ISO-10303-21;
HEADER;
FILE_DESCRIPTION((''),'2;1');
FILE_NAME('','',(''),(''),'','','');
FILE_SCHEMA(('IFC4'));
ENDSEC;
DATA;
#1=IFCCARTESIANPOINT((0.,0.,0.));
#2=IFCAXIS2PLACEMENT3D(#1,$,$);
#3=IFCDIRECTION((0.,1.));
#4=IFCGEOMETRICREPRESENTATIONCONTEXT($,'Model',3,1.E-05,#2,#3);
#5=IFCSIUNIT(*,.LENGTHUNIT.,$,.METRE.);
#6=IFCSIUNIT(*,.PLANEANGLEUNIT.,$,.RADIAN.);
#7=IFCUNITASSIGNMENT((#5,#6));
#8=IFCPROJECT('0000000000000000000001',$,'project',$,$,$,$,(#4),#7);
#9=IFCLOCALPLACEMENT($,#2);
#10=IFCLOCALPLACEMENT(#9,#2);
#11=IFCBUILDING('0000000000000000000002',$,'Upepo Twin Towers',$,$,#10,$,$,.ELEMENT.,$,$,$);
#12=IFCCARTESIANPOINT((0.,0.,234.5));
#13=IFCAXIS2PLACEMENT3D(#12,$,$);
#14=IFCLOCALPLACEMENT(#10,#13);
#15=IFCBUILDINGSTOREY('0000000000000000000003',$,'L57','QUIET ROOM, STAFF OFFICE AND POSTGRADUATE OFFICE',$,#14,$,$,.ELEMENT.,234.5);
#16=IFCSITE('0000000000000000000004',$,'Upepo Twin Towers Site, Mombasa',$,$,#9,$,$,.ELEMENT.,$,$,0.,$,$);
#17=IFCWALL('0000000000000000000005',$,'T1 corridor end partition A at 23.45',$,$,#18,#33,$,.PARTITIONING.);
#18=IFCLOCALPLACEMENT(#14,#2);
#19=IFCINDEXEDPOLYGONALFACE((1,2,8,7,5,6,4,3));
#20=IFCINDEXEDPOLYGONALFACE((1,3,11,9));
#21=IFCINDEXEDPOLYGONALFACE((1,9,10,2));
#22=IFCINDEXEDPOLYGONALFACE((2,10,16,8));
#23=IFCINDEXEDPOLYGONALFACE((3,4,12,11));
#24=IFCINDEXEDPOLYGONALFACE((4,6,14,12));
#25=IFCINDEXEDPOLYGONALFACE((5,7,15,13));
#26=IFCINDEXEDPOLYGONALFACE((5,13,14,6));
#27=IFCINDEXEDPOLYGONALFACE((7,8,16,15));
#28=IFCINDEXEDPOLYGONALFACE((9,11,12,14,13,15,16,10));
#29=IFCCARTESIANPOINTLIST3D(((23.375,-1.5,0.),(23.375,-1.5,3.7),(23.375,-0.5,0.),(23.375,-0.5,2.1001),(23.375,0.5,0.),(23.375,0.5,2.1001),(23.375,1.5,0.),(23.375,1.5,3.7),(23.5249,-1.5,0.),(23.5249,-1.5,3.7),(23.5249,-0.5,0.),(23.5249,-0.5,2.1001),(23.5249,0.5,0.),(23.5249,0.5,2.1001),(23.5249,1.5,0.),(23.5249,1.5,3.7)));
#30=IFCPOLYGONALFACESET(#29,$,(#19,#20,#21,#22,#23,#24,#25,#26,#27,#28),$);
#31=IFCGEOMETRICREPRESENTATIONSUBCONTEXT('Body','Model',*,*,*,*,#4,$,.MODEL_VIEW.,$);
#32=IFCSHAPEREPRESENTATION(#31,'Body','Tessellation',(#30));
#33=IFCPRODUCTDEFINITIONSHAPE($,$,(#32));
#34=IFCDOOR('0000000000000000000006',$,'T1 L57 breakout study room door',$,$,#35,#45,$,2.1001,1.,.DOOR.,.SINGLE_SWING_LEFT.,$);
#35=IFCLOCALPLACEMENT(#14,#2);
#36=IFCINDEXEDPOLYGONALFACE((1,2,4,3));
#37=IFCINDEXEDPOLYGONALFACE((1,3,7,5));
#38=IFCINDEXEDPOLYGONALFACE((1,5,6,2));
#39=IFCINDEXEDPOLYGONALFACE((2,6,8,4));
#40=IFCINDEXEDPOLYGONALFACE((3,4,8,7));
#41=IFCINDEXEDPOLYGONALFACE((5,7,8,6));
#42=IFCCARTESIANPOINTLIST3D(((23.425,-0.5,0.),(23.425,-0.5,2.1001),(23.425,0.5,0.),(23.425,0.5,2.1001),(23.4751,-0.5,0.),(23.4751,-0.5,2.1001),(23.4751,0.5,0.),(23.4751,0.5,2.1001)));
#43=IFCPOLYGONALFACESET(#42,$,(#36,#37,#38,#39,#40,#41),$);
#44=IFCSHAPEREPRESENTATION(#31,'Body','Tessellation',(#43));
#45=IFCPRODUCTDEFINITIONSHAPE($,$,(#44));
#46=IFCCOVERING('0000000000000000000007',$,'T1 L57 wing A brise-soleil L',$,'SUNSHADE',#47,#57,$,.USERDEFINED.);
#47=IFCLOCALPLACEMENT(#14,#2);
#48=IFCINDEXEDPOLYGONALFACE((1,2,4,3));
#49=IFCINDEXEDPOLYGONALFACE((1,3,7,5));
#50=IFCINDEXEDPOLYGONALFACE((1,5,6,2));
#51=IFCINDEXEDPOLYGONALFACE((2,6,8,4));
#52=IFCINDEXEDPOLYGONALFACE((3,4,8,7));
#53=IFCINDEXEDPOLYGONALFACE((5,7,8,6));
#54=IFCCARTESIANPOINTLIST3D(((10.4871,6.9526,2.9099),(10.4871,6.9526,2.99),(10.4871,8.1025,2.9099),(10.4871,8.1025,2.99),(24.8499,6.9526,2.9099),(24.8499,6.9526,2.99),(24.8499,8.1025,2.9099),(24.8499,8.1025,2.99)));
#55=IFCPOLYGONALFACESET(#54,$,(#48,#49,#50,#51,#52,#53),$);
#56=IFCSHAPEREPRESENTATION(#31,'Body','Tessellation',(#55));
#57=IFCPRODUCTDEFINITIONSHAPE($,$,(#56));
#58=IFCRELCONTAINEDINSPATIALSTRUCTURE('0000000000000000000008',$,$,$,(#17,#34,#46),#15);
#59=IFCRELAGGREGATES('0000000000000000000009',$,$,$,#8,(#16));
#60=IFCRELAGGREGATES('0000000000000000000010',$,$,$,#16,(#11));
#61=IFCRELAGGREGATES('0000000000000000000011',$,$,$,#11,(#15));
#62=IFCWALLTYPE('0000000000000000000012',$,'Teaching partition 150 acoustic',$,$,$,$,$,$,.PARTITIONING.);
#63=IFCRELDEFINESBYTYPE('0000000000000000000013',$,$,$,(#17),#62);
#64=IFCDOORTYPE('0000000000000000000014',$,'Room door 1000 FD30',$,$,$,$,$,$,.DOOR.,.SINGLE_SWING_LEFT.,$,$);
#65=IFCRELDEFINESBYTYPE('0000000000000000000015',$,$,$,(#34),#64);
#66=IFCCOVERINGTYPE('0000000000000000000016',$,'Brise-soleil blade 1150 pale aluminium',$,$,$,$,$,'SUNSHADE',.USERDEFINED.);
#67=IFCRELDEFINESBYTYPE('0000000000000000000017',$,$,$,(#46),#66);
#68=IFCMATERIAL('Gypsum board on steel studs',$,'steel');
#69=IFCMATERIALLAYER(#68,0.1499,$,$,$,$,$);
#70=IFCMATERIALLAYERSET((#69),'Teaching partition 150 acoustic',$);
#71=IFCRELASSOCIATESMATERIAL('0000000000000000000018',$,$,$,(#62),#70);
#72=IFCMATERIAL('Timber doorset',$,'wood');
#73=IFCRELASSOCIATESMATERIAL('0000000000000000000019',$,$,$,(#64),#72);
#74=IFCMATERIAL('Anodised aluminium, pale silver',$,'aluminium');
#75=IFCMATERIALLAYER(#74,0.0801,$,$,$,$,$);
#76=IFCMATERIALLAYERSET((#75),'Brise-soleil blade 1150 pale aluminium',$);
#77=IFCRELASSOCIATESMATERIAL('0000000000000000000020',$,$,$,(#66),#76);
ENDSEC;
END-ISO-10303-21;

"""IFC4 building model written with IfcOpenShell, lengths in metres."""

from ifc_helpers import new_model, si_unit, direction, frame, frame_2d, origin, origin_2d, place, context, subcontext, project, spatial, rectangle, extrude, material, layer, layer_set, type_object, element, fill, save


model = new_model("IFC4")

# Units and contexts
model_context = context("Model", 3, precision=1e-05, world=origin(), true_north=direction((0.0, 1.0)))
body_context = subcontext(model_context, "Body", "Model", "MODEL_VIEW")
ifc_project = project(units=[si_unit("LENGTHUNIT", "METRE"), si_unit("PLANEANGLEUNIT", "RADIAN")], contexts=[model_context])

# Site, building, storey
site_placement = place(None, origin())
site = spatial("IfcSite", under=ifc_project, at=site_placement, Name="Upepo Twin Towers Site, Mombasa", CompositionType="ELEMENT", RefElevation=0.0)
building_placement = place(site_placement, origin())
building = spatial("IfcBuilding", under=site, at=building_placement, Name="Upepo Twin Towers", CompositionType="ELEMENT")
storey_placement = place(building_placement, frame((0.0, 0.0, 234.5)))
storey = spatial("IfcBuildingStorey", under=building, at=storey_placement, Name="L57", Description="QUIET ROOM, STAFF OFFICE AND POSTGRADUATE OFFICE", CompositionType="ELEMENT", Elevation=234.5)

# Wall, opening, door
ifc_material_1 = material(Name="Gypsum board on steel studs", Category="steel")
ifc_layer_1 = layer(ifc_material_1, 0.1499)
ifc_layer_set_1 = layer_set([ifc_layer_1], Name="Teaching partition 150 acoustic")
wall_type_1 = type_object("IfcWallType", Name="Teaching partition 150 acoustic", PredefinedType="PARTITIONING", material=ifc_layer_set_1)
wall_1_placement = place(storey_placement, frame((23.45, -1.5, 0.0), z_axis=(0.0, 0.0, 1.0), x_axis=(0.0, 1.0, 0.0)))
wall_1 = element("IfcWall", 1, at=wall_1_placement, inside=storey, type_object=wall_type_1, Name="T1 corridor end partition A at 23.45", PredefinedType="PARTITIONING", context=body_context, shape_type="SweptSolid", body=[
    extrude(rectangle(XDim=3.0, YDim=0.1499, at=frame_2d((1.5, 0.0))), origin(), (0.0, 0.0, 1.0), 3.7),
])
opening_1_placement = place(wall_1_placement, frame((1.0, 0.0, 0.0)))
opening_1 = element("IfcOpeningElement", 2, at=opening_1_placement, cuts=wall_1, PredefinedType="OPENING", context=body_context, shape_type="SweptSolid", body=[
    extrude(rectangle(XDim=1.0, YDim=2.1001, at=frame_2d((0.5, 1.05))), frame((0.0, 0.085, 0.0), z_axis=(0.0, -1.0, 0.0), x_axis=(1.0, 0.0, 0.0)), (0.0, 0.0, 1.0), 0.1699),
])
ifc_material_2 = material(Name="Timber doorset", Category="wood")
door_type_1 = type_object("IfcDoorType", Name="Room door 1000 FD30", OperationType="SINGLE_SWING_LEFT", PredefinedType="DOOR", material=ifc_material_2)
door_1_placement = place(opening_1_placement, origin())
door_1 = element("IfcDoor", 3, at=door_1_placement, inside=storey, type_object=door_type_1, Name="T1 L57 breakout study room door", OperationType="SINGLE_SWING_LEFT", OverallHeight=2.1001, OverallWidth=1.0, PredefinedType="DOOR", context=body_context, shape_type="SweptSolid", body=[
    extrude(rectangle(XDim=1.0, YDim=2.1001, at=frame_2d((0.5, 1.05))), frame((0.0, 0.0249, 0.0), z_axis=(0.0, -1.0, 0.0), x_axis=(1.0, 0.0, 0.0)), (0.0, 0.0, 1.0), 0.05),
])
fill(opening_1, door_1)

# Covering
ifc_material_3 = material(Name="Anodised aluminium, pale silver", Category="aluminium")
ifc_layer_2 = layer(ifc_material_3, 0.0801)
ifc_layer_set_2 = layer_set([ifc_layer_2], Name="Brise-soleil blade 1150 pale aluminium")
covering_type = type_object("IfcCoveringType", Name="Brise-soleil blade 1150 pale aluminium", ElementType="SUNSHADE", PredefinedType="USERDEFINED", material=ifc_layer_set_2)
covering_placement = place(storey_placement, frame((17.6685, 7.5276, 2.9099), z_axis=(0.0, 0.0, 1.0), x_axis=(1.0, 0.0, 0.0)))
element("IfcCovering", 4, at=covering_placement, inside=storey, type_object=covering_type, Name="T1 L57 wing A brise-soleil L", ObjectType="SUNSHADE", PredefinedType="USERDEFINED", context=body_context, shape_type="SweptSolid", body=[
    extrude(rectangle(XDim=14.3628, YDim=1.1499, at=origin_2d()), origin(), (0.0, 0.0, 1.0), 0.0801),
])

save(model, "model.ifc")
